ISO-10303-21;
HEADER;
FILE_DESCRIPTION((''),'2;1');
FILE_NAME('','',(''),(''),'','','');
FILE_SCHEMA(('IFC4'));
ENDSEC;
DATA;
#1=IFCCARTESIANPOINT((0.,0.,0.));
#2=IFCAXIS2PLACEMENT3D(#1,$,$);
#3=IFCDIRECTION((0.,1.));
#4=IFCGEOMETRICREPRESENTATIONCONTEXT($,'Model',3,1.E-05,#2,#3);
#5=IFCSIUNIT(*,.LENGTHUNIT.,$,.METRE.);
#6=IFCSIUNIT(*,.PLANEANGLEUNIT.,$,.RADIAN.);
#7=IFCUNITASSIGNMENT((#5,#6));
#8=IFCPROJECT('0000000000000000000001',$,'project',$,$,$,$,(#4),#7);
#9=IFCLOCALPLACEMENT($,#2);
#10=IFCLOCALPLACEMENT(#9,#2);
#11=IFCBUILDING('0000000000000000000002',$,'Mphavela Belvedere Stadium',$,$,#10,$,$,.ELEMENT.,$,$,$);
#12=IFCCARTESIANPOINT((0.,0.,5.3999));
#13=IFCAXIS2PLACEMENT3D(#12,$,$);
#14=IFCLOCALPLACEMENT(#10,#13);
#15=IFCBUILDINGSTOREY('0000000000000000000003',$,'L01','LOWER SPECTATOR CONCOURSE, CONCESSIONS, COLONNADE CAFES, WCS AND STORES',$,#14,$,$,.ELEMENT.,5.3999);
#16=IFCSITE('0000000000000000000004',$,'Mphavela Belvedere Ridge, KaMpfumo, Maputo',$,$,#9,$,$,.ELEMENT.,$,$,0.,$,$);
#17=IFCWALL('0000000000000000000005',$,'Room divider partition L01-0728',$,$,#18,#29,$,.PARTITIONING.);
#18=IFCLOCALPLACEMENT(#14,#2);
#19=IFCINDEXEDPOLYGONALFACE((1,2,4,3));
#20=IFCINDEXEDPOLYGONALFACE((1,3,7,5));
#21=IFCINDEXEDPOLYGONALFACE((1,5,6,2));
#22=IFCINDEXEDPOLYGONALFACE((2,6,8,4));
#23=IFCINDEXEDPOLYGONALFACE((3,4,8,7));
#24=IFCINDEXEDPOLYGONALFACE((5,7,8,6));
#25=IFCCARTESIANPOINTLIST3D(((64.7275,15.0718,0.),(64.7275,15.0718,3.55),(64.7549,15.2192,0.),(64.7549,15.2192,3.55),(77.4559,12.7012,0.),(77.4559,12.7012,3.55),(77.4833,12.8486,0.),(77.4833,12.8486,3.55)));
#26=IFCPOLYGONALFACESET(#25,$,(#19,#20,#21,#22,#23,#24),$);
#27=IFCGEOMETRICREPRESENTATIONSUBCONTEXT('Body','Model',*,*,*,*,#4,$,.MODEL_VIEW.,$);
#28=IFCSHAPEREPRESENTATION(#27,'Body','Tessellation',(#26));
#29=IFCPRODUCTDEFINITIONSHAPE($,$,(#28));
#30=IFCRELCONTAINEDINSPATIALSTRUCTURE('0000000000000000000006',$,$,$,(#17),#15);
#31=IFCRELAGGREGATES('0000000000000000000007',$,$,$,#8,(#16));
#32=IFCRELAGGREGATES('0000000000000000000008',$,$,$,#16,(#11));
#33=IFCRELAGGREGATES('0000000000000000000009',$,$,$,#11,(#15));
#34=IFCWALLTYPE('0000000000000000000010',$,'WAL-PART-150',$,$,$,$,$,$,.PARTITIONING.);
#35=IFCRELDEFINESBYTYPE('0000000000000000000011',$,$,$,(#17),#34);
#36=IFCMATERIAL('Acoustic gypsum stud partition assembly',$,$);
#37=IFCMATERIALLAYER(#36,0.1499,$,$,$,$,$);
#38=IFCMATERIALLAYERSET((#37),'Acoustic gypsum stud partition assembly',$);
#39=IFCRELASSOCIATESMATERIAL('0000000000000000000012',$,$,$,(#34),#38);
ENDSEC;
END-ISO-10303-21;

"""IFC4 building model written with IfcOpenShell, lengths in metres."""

from ifc_helpers import new_model, si_unit, direction, frame, frame_2d, origin, place, context, subcontext, project, spatial, rectangle, extrude, material, layer, layer_set, type_object, element, save


model = new_model("IFC4")

# Units and contexts
model_context = context("Model", 3, precision=1e-05, world=origin(), true_north=direction((0.0, 1.0)))
body_context = subcontext(model_context, "Body", "Model", "MODEL_VIEW")
ifc_project = project(units=[si_unit("LENGTHUNIT", "METRE"), si_unit("PLANEANGLEUNIT", "RADIAN")], contexts=[model_context])

# Site, building, storey
site_placement = place(None, origin())
site = spatial("IfcSite", under=ifc_project, at=site_placement, Name="Mphavela Belvedere Ridge, KaMpfumo, Maputo", CompositionType="ELEMENT", RefElevation=0.0)
building_placement = place(site_placement, origin())
building = spatial("IfcBuilding", under=site, at=building_placement, Name="Mphavela Belvedere Stadium", CompositionType="ELEMENT")
storey_placement = place(building_placement, frame((0.0, 0.0, 5.3999)))
storey = spatial("IfcBuildingStorey", under=building, at=storey_placement, Name="L01", Description="LOWER SPECTATOR CONCOURSE, CONCESSIONS, COLONNADE CAFES, WCS AND STORES", CompositionType="ELEMENT", Elevation=5.3999)

# Wall
ifc_material_1 = material(Name="Acoustic gypsum stud partition assembly")
ifc_layer_1 = layer(ifc_material_1, 0.1499)
ifc_layer_set_1 = layer_set([ifc_layer_1], Name="Acoustic gypsum stud partition assembly")
wall_type = type_object("IfcWallType", Name="WAL-PART-150", PredefinedType="PARTITIONING", material=ifc_layer_set_1)
wall_1_placement = place(storey_placement, frame((64.7412, 15.1455, 0.0), z_axis=(0.0, 0.0, 1.0), x_axis=(0.983095, -0.183099, 0.0)))
element("IfcWall", 1, at=wall_1_placement, inside=storey, type_object=wall_type, Name="Room divider partition L01-0728", PredefinedType="PARTITIONING", context=body_context, shape_type="SweptSolid", body=[
    extrude(rectangle(XDim=12.9473, YDim=0.1499, at=frame_2d((6.4736, 0.0))), origin(), (0.0, 0.0, 1.0), 3.55),
])

save(model, "model.ifc")
